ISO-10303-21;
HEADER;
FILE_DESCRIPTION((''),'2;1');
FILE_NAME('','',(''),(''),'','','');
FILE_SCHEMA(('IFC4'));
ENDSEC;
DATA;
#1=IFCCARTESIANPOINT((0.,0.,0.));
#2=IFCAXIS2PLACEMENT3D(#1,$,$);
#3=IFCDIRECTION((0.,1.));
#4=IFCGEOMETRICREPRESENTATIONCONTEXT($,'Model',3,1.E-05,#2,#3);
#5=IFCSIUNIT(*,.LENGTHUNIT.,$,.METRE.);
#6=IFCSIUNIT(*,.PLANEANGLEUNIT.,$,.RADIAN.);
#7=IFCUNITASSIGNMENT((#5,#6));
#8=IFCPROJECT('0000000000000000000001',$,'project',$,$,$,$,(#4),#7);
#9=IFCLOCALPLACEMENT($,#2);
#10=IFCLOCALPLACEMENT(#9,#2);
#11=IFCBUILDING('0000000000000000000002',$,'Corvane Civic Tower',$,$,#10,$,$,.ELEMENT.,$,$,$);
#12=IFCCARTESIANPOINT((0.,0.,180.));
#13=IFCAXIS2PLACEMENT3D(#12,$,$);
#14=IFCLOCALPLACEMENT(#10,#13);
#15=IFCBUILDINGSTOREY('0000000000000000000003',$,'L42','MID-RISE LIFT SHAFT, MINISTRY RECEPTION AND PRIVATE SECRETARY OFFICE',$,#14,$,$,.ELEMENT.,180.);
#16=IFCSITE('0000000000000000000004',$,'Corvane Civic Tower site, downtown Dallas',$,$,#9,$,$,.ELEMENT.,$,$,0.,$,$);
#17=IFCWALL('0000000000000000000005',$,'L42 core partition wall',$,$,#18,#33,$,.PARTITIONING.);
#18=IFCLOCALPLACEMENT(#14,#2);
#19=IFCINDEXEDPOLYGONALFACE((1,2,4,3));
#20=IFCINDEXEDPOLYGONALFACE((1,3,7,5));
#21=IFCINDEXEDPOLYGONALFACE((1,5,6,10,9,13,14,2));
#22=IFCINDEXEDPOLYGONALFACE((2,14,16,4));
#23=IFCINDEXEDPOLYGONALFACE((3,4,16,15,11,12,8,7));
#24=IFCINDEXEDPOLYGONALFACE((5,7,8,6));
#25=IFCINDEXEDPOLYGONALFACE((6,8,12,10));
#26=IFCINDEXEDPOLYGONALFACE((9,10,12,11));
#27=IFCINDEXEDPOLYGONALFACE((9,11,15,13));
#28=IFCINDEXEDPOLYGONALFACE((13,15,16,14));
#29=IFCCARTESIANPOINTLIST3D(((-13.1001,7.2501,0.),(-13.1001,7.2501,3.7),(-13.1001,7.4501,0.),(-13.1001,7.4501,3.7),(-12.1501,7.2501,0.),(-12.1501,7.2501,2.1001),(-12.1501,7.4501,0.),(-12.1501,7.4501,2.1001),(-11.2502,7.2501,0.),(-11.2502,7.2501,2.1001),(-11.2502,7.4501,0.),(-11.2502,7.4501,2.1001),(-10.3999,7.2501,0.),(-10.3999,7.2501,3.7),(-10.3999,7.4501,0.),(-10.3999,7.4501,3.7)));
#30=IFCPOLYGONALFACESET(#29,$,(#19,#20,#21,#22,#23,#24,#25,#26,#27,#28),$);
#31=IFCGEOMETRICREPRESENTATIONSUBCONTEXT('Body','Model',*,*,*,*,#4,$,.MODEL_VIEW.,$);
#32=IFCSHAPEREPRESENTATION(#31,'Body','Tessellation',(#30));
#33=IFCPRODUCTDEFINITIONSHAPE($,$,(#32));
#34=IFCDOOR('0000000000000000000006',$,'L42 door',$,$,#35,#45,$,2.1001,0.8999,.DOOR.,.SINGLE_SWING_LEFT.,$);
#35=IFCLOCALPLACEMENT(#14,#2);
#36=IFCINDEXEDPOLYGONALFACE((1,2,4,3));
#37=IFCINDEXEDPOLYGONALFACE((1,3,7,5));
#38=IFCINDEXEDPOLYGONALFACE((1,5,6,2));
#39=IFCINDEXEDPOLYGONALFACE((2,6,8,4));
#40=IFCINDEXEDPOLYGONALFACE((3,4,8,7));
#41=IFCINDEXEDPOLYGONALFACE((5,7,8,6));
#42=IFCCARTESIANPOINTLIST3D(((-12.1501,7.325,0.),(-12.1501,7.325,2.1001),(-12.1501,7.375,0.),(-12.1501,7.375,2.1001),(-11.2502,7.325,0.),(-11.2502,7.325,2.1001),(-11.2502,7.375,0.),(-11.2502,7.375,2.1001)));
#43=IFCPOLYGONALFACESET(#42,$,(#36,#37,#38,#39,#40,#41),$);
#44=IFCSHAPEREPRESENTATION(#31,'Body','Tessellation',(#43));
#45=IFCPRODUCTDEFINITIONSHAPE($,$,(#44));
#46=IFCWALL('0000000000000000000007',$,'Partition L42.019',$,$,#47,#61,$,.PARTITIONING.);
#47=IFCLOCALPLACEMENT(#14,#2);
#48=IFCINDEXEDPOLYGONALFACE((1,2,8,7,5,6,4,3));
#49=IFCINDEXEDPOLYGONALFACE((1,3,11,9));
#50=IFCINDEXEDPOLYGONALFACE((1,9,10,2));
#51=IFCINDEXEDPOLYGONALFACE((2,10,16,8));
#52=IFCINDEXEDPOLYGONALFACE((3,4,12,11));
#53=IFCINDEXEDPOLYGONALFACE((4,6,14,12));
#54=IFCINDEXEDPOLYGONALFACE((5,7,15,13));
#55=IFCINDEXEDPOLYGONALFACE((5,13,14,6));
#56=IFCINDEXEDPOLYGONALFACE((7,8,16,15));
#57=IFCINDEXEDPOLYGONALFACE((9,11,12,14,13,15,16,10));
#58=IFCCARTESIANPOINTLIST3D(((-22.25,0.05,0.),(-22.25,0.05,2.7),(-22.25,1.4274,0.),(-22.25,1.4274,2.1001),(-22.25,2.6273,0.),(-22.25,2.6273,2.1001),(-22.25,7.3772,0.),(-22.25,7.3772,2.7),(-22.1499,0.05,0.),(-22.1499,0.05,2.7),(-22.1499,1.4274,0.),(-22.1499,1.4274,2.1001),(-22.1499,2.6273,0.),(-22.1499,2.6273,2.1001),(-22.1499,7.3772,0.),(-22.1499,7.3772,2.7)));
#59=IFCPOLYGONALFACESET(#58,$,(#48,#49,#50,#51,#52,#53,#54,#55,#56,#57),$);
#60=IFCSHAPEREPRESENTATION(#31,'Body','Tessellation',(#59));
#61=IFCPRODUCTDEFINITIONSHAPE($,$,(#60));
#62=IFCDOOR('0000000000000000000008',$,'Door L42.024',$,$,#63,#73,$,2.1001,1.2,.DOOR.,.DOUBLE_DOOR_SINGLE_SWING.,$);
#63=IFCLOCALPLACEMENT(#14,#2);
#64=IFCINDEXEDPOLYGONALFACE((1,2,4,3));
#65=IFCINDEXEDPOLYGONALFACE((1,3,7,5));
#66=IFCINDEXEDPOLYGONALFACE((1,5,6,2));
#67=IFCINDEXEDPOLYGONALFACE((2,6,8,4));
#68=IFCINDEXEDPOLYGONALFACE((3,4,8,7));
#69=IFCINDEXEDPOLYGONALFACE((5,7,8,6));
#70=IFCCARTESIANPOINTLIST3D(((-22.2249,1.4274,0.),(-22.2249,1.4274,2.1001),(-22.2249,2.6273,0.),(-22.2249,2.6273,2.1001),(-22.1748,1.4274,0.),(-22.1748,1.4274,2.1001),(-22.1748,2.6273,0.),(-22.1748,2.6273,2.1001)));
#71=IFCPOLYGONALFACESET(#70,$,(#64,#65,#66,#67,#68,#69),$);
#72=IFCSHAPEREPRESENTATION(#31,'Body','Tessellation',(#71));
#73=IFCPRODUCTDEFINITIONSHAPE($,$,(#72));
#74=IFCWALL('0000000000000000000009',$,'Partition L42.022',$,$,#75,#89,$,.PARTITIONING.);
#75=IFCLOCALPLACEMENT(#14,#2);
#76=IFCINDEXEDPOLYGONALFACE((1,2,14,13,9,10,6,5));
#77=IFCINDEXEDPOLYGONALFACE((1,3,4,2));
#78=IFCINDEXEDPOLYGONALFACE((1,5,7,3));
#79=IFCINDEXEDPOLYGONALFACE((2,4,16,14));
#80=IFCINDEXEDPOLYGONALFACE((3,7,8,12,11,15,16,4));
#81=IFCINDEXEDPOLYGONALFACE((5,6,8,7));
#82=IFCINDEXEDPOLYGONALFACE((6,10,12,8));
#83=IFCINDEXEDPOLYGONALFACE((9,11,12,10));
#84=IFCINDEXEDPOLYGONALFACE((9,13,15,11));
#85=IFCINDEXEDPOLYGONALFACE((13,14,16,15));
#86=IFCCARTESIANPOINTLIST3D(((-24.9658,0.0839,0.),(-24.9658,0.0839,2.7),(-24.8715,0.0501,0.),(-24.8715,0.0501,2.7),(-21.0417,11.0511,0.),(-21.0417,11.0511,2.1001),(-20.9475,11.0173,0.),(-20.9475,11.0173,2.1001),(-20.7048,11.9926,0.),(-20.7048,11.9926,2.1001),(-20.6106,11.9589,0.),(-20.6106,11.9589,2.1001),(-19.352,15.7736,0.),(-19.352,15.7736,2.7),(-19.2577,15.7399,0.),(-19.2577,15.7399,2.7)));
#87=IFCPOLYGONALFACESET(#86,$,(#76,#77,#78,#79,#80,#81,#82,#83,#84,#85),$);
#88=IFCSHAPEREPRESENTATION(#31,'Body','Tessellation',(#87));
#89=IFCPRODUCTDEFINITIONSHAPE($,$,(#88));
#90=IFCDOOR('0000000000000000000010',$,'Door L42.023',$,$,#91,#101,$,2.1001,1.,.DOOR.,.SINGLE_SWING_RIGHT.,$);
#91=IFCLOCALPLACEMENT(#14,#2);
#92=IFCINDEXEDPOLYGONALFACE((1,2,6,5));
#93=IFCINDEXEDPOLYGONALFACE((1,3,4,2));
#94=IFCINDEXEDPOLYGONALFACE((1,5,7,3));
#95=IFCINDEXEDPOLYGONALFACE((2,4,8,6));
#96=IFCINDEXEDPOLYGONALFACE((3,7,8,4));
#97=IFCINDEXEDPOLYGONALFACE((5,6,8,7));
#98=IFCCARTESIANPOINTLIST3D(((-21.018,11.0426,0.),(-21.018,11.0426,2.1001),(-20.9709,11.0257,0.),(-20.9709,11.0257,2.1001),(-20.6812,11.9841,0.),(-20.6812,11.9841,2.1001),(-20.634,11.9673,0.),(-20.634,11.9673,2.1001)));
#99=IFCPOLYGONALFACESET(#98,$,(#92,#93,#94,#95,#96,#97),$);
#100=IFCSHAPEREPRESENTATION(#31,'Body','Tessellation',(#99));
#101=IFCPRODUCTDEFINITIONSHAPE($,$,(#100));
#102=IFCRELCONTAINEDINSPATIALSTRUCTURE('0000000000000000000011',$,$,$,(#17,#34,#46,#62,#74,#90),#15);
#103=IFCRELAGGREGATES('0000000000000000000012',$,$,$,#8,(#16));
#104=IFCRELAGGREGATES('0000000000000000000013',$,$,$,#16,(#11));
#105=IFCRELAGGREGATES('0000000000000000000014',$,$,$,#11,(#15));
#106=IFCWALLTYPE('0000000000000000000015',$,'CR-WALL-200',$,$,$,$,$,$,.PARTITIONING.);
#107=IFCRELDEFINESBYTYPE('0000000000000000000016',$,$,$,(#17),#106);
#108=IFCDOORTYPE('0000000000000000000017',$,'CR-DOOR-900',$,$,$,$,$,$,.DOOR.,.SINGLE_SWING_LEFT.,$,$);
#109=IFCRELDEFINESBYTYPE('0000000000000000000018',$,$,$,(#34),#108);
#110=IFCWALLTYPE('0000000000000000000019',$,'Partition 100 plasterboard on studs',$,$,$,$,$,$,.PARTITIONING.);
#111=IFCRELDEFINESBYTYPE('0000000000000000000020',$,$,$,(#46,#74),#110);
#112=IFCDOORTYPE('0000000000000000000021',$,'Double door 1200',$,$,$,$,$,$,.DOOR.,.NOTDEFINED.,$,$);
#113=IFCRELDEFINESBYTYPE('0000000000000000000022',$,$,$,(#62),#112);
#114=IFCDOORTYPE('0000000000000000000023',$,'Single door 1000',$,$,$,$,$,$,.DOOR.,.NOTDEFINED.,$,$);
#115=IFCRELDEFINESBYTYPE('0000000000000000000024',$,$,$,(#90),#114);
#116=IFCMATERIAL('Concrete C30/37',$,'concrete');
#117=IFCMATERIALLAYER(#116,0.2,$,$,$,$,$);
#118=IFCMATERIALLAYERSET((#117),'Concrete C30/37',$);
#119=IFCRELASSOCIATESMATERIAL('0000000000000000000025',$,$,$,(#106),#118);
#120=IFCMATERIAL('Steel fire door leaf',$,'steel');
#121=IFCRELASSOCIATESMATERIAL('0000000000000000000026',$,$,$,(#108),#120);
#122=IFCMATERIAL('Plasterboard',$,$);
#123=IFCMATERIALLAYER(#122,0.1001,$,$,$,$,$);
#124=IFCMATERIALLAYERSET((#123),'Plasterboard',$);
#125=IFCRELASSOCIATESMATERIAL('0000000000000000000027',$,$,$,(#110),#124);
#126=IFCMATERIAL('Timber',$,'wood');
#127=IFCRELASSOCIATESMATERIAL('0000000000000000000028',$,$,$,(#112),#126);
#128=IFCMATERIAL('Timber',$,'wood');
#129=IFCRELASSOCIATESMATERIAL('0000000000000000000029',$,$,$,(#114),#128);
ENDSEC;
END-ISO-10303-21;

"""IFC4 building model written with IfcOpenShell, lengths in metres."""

from ifc_helpers import new_model, si_unit, direction, frame, frame_2d, origin, place, context, subcontext, project, spatial, rectangle, extrude, material, layer, layer_set, type_object, element, fill, save


model = new_model("IFC4")

# Units and contexts
model_context = context("Model", 3, precision=1e-05, world=origin(), true_north=direction((0.0, 1.0)))
body_context = subcontext(model_context, "Body", "Model", "MODEL_VIEW")
ifc_project = project(units=[si_unit("LENGTHUNIT", "METRE"), si_unit("PLANEANGLEUNIT", "RADIAN")], contexts=[model_context])

# Site, building, storey
site_placement = place(None, origin())
site = spatial("IfcSite", under=ifc_project, at=site_placement, Name="Corvane Civic Tower site, downtown Dallas", CompositionType="ELEMENT", RefElevation=0.0)
building_placement = place(site_placement, origin())
building = spatial("IfcBuilding", under=site, at=building_placement, Name="Corvane Civic Tower", CompositionType="ELEMENT")
storey_placement = place(building_placement, frame((0.0, 0.0, 180.0)))
storey = spatial("IfcBuildingStorey", under=building, at=storey_placement, Name="L42", Description="MID-RISE LIFT SHAFT, MINISTRY RECEPTION AND PRIVATE SECRETARY OFFICE", CompositionType="ELEMENT", Elevation=180.0)

# Shared definitions
ifc_material_1 = material(Name="Concrete C30/37", Category="concrete")
ifc_layer_1 = layer(ifc_material_1, 0.2)
ifc_layer_set_1 = layer_set([ifc_layer_1], Name="Concrete C30/37")
wall_type_1 = type_object("IfcWallType", Name="CR-WALL-200", PredefinedType="PARTITIONING", material=ifc_layer_set_1)
ifc_material_2 = material(Name="Steel fire door leaf", Category="steel")
door_type_1 = type_object("IfcDoorType", Name="CR-DOOR-900", OperationType="SINGLE_SWING_LEFT", PredefinedType="DOOR", material=ifc_material_2)

# Walls, openings, doors
wall_1_placement = place(storey_placement, frame((-13.1001, 7.3501, 0.0), z_axis=(0.0, 0.0, 1.0), x_axis=(1.0, 0.0, 0.0)))
wall_1 = element("IfcWall", 1, at=wall_1_placement, inside=storey, type_object=wall_type_1, Name="L42 core partition wall", PredefinedType="PARTITIONING", context=body_context, shape_type="SweptSolid", body=[
    extrude(rectangle(XDim=2.7002, YDim=0.2, at=frame_2d((1.3501, 0.0))), origin(), (0.0, 0.0, 1.0), 3.7),
])
opening_1_placement = place(wall_1_placement, frame((0.95, 0.0, 0.0)))
opening_1 = element("IfcOpeningElement", 2, at=opening_1_placement, cuts=wall_1, PredefinedType="OPENING", context=body_context, shape_type="SweptSolid", body=[
    extrude(rectangle(XDim=0.8999, YDim=2.1001, at=frame_2d((0.45, 1.05))), frame((0.0, 0.1099, 0.0), z_axis=(0.0, -1.0, 0.0), x_axis=(1.0, 0.0, 0.0)), (0.0, 0.0, 1.0), 0.22),
])
door_1_placement = place(opening_1_placement, origin())
door_1 = element("IfcDoor", 3, at=door_1_placement, inside=storey, type_object=door_type_1, Name="L42 door", OperationType="SINGLE_SWING_LEFT", OverallHeight=2.1001, OverallWidth=0.8999, PredefinedType="DOOR", context=body_context, shape_type="SweptSolid", body=[
    extrude(rectangle(XDim=0.8999, YDim=2.1001, at=frame_2d((0.45, 1.05))), frame((0.0, 0.0249, 0.0), z_axis=(0.0, -1.0, 0.0), x_axis=(1.0, 0.0, 0.0)), (0.0, 0.0, 1.0), 0.05),
])
fill(opening_1, door_1)
ifc_material_3 = material(Name="Plasterboard")
ifc_layer_2 = layer(ifc_material_3, 0.1001)
ifc_layer_set_2 = layer_set([ifc_layer_2], Name="Plasterboard")
wall_type_2 = type_object("IfcWallType", Name="Partition 100 plasterboard on studs", PredefinedType="PARTITIONING", material=ifc_layer_set_2)
wall_2_placement = place(storey_placement, frame((-22.2, 0.05, 0.0), z_axis=(0.0, 0.0, 1.0), x_axis=(0.0, 1.0, 0.0)))
wall_2 = element("IfcWall", 4, at=wall_2_placement, inside=storey, type_object=wall_type_2, Name="Partition L42.019", PredefinedType="PARTITIONING", context=body_context, shape_type="SweptSolid", body=[
    extrude(rectangle(XDim=7.3271, YDim=0.1001, at=frame_2d((3.6636, 0.0))), origin(), (0.0, 0.0, 1.0), 2.7),
])
opening_2_placement = place(wall_2_placement, frame((1.3772, 0.0, 0.0)))
opening_2 = element("IfcOpeningElement", 5, at=opening_2_placement, cuts=wall_2, PredefinedType="OPENING", context=body_context, shape_type="SweptSolid", body=[
    extrude(rectangle(XDim=1.2, YDim=2.1001, at=frame_2d((0.6001, 1.05))), frame((0.0, 0.0601, 0.0), z_axis=(0.0, -1.0, 0.0), x_axis=(1.0, 0.0, 0.0)), (0.0, 0.0, 1.0), 0.1201),
])
ifc_material_4 = material(Name="Timber", Category="wood")
door_type_2 = type_object("IfcDoorType", Name="Double door 1200", OperationType="NOTDEFINED", PredefinedType="DOOR", material=ifc_material_4)
door_2_placement = place(opening_2_placement, origin())
door_2 = element("IfcDoor", 6, at=door_2_placement, inside=storey, type_object=door_type_2, Name="Door L42.024", OperationType="DOUBLE_DOOR_SINGLE_SWING", OverallHeight=2.1001, OverallWidth=1.2, PredefinedType="DOOR", context=body_context, shape_type="SweptSolid", body=[
    extrude(rectangle(XDim=1.2, YDim=2.1001, at=frame_2d((0.6001, 1.05))), frame((0.0, 0.0249, 0.0), z_axis=(0.0, -1.0, 0.0), x_axis=(1.0, 0.0, 0.0)), (0.0, 0.0, 1.0), 0.05),
])
fill(opening_2, door_2)
wall_3_placement = place(storey_placement, frame((-24.9187, 0.0669, 0.0), z_axis=(0.0, 0.0, 1.0), x_axis=(0.336885, 0.941546, 0.0)))
wall_3 = element("IfcWall", 7, at=wall_3_placement, inside=storey, type_object=wall_type_2, Name="Partition L42.022", PredefinedType="PARTITIONING", context=body_context, shape_type="SweptSolid", body=[
    extrude(rectangle(XDim=16.6638, YDim=0.1001, at=frame_2d((8.332, 0.0))), origin(), (0.0, 0.0, 1.0), 2.7),
])
opening_3_placement = place(wall_3_placement, frame((11.6482, 0.0, 0.0)))
opening_3 = element("IfcOpeningElement", 8, at=opening_3_placement, cuts=wall_3, PredefinedType="OPENING", context=body_context, shape_type="SweptSolid", body=[
    extrude(rectangle(XDim=1.0, YDim=2.1001, at=frame_2d((0.5, 1.05))), frame((0.0, 0.0601, 0.0), z_axis=(0.0, -1.0, 0.0), x_axis=(1.0, 0.0, 0.0)), (0.0, 0.0, 1.0), 0.1201),
])
ifc_material_5 = material(Name="Timber", Category="wood")
door_type_3 = type_object("IfcDoorType", Name="Single door 1000", OperationType="NOTDEFINED", PredefinedType="DOOR", material=ifc_material_5)
door_3_placement = place(opening_3_placement, origin())
door_3 = element("IfcDoor", 9, at=door_3_placement, inside=storey, type_object=door_type_3, Name="Door L42.023", OperationType="SINGLE_SWING_RIGHT", OverallHeight=2.1001, OverallWidth=1.0, PredefinedType="DOOR", context=body_context, shape_type="SweptSolid", body=[
    extrude(rectangle(XDim=1.0, YDim=2.1001, at=frame_2d((0.5, 1.05))), frame((0.0, 0.0249, 0.0), z_axis=(0.0, -1.0, 0.0), x_axis=(1.0, 0.0, 0.0)), (0.0, 0.0, 1.0), 0.05),
])
fill(opening_3, door_3)

save(model, "model.ifc")
